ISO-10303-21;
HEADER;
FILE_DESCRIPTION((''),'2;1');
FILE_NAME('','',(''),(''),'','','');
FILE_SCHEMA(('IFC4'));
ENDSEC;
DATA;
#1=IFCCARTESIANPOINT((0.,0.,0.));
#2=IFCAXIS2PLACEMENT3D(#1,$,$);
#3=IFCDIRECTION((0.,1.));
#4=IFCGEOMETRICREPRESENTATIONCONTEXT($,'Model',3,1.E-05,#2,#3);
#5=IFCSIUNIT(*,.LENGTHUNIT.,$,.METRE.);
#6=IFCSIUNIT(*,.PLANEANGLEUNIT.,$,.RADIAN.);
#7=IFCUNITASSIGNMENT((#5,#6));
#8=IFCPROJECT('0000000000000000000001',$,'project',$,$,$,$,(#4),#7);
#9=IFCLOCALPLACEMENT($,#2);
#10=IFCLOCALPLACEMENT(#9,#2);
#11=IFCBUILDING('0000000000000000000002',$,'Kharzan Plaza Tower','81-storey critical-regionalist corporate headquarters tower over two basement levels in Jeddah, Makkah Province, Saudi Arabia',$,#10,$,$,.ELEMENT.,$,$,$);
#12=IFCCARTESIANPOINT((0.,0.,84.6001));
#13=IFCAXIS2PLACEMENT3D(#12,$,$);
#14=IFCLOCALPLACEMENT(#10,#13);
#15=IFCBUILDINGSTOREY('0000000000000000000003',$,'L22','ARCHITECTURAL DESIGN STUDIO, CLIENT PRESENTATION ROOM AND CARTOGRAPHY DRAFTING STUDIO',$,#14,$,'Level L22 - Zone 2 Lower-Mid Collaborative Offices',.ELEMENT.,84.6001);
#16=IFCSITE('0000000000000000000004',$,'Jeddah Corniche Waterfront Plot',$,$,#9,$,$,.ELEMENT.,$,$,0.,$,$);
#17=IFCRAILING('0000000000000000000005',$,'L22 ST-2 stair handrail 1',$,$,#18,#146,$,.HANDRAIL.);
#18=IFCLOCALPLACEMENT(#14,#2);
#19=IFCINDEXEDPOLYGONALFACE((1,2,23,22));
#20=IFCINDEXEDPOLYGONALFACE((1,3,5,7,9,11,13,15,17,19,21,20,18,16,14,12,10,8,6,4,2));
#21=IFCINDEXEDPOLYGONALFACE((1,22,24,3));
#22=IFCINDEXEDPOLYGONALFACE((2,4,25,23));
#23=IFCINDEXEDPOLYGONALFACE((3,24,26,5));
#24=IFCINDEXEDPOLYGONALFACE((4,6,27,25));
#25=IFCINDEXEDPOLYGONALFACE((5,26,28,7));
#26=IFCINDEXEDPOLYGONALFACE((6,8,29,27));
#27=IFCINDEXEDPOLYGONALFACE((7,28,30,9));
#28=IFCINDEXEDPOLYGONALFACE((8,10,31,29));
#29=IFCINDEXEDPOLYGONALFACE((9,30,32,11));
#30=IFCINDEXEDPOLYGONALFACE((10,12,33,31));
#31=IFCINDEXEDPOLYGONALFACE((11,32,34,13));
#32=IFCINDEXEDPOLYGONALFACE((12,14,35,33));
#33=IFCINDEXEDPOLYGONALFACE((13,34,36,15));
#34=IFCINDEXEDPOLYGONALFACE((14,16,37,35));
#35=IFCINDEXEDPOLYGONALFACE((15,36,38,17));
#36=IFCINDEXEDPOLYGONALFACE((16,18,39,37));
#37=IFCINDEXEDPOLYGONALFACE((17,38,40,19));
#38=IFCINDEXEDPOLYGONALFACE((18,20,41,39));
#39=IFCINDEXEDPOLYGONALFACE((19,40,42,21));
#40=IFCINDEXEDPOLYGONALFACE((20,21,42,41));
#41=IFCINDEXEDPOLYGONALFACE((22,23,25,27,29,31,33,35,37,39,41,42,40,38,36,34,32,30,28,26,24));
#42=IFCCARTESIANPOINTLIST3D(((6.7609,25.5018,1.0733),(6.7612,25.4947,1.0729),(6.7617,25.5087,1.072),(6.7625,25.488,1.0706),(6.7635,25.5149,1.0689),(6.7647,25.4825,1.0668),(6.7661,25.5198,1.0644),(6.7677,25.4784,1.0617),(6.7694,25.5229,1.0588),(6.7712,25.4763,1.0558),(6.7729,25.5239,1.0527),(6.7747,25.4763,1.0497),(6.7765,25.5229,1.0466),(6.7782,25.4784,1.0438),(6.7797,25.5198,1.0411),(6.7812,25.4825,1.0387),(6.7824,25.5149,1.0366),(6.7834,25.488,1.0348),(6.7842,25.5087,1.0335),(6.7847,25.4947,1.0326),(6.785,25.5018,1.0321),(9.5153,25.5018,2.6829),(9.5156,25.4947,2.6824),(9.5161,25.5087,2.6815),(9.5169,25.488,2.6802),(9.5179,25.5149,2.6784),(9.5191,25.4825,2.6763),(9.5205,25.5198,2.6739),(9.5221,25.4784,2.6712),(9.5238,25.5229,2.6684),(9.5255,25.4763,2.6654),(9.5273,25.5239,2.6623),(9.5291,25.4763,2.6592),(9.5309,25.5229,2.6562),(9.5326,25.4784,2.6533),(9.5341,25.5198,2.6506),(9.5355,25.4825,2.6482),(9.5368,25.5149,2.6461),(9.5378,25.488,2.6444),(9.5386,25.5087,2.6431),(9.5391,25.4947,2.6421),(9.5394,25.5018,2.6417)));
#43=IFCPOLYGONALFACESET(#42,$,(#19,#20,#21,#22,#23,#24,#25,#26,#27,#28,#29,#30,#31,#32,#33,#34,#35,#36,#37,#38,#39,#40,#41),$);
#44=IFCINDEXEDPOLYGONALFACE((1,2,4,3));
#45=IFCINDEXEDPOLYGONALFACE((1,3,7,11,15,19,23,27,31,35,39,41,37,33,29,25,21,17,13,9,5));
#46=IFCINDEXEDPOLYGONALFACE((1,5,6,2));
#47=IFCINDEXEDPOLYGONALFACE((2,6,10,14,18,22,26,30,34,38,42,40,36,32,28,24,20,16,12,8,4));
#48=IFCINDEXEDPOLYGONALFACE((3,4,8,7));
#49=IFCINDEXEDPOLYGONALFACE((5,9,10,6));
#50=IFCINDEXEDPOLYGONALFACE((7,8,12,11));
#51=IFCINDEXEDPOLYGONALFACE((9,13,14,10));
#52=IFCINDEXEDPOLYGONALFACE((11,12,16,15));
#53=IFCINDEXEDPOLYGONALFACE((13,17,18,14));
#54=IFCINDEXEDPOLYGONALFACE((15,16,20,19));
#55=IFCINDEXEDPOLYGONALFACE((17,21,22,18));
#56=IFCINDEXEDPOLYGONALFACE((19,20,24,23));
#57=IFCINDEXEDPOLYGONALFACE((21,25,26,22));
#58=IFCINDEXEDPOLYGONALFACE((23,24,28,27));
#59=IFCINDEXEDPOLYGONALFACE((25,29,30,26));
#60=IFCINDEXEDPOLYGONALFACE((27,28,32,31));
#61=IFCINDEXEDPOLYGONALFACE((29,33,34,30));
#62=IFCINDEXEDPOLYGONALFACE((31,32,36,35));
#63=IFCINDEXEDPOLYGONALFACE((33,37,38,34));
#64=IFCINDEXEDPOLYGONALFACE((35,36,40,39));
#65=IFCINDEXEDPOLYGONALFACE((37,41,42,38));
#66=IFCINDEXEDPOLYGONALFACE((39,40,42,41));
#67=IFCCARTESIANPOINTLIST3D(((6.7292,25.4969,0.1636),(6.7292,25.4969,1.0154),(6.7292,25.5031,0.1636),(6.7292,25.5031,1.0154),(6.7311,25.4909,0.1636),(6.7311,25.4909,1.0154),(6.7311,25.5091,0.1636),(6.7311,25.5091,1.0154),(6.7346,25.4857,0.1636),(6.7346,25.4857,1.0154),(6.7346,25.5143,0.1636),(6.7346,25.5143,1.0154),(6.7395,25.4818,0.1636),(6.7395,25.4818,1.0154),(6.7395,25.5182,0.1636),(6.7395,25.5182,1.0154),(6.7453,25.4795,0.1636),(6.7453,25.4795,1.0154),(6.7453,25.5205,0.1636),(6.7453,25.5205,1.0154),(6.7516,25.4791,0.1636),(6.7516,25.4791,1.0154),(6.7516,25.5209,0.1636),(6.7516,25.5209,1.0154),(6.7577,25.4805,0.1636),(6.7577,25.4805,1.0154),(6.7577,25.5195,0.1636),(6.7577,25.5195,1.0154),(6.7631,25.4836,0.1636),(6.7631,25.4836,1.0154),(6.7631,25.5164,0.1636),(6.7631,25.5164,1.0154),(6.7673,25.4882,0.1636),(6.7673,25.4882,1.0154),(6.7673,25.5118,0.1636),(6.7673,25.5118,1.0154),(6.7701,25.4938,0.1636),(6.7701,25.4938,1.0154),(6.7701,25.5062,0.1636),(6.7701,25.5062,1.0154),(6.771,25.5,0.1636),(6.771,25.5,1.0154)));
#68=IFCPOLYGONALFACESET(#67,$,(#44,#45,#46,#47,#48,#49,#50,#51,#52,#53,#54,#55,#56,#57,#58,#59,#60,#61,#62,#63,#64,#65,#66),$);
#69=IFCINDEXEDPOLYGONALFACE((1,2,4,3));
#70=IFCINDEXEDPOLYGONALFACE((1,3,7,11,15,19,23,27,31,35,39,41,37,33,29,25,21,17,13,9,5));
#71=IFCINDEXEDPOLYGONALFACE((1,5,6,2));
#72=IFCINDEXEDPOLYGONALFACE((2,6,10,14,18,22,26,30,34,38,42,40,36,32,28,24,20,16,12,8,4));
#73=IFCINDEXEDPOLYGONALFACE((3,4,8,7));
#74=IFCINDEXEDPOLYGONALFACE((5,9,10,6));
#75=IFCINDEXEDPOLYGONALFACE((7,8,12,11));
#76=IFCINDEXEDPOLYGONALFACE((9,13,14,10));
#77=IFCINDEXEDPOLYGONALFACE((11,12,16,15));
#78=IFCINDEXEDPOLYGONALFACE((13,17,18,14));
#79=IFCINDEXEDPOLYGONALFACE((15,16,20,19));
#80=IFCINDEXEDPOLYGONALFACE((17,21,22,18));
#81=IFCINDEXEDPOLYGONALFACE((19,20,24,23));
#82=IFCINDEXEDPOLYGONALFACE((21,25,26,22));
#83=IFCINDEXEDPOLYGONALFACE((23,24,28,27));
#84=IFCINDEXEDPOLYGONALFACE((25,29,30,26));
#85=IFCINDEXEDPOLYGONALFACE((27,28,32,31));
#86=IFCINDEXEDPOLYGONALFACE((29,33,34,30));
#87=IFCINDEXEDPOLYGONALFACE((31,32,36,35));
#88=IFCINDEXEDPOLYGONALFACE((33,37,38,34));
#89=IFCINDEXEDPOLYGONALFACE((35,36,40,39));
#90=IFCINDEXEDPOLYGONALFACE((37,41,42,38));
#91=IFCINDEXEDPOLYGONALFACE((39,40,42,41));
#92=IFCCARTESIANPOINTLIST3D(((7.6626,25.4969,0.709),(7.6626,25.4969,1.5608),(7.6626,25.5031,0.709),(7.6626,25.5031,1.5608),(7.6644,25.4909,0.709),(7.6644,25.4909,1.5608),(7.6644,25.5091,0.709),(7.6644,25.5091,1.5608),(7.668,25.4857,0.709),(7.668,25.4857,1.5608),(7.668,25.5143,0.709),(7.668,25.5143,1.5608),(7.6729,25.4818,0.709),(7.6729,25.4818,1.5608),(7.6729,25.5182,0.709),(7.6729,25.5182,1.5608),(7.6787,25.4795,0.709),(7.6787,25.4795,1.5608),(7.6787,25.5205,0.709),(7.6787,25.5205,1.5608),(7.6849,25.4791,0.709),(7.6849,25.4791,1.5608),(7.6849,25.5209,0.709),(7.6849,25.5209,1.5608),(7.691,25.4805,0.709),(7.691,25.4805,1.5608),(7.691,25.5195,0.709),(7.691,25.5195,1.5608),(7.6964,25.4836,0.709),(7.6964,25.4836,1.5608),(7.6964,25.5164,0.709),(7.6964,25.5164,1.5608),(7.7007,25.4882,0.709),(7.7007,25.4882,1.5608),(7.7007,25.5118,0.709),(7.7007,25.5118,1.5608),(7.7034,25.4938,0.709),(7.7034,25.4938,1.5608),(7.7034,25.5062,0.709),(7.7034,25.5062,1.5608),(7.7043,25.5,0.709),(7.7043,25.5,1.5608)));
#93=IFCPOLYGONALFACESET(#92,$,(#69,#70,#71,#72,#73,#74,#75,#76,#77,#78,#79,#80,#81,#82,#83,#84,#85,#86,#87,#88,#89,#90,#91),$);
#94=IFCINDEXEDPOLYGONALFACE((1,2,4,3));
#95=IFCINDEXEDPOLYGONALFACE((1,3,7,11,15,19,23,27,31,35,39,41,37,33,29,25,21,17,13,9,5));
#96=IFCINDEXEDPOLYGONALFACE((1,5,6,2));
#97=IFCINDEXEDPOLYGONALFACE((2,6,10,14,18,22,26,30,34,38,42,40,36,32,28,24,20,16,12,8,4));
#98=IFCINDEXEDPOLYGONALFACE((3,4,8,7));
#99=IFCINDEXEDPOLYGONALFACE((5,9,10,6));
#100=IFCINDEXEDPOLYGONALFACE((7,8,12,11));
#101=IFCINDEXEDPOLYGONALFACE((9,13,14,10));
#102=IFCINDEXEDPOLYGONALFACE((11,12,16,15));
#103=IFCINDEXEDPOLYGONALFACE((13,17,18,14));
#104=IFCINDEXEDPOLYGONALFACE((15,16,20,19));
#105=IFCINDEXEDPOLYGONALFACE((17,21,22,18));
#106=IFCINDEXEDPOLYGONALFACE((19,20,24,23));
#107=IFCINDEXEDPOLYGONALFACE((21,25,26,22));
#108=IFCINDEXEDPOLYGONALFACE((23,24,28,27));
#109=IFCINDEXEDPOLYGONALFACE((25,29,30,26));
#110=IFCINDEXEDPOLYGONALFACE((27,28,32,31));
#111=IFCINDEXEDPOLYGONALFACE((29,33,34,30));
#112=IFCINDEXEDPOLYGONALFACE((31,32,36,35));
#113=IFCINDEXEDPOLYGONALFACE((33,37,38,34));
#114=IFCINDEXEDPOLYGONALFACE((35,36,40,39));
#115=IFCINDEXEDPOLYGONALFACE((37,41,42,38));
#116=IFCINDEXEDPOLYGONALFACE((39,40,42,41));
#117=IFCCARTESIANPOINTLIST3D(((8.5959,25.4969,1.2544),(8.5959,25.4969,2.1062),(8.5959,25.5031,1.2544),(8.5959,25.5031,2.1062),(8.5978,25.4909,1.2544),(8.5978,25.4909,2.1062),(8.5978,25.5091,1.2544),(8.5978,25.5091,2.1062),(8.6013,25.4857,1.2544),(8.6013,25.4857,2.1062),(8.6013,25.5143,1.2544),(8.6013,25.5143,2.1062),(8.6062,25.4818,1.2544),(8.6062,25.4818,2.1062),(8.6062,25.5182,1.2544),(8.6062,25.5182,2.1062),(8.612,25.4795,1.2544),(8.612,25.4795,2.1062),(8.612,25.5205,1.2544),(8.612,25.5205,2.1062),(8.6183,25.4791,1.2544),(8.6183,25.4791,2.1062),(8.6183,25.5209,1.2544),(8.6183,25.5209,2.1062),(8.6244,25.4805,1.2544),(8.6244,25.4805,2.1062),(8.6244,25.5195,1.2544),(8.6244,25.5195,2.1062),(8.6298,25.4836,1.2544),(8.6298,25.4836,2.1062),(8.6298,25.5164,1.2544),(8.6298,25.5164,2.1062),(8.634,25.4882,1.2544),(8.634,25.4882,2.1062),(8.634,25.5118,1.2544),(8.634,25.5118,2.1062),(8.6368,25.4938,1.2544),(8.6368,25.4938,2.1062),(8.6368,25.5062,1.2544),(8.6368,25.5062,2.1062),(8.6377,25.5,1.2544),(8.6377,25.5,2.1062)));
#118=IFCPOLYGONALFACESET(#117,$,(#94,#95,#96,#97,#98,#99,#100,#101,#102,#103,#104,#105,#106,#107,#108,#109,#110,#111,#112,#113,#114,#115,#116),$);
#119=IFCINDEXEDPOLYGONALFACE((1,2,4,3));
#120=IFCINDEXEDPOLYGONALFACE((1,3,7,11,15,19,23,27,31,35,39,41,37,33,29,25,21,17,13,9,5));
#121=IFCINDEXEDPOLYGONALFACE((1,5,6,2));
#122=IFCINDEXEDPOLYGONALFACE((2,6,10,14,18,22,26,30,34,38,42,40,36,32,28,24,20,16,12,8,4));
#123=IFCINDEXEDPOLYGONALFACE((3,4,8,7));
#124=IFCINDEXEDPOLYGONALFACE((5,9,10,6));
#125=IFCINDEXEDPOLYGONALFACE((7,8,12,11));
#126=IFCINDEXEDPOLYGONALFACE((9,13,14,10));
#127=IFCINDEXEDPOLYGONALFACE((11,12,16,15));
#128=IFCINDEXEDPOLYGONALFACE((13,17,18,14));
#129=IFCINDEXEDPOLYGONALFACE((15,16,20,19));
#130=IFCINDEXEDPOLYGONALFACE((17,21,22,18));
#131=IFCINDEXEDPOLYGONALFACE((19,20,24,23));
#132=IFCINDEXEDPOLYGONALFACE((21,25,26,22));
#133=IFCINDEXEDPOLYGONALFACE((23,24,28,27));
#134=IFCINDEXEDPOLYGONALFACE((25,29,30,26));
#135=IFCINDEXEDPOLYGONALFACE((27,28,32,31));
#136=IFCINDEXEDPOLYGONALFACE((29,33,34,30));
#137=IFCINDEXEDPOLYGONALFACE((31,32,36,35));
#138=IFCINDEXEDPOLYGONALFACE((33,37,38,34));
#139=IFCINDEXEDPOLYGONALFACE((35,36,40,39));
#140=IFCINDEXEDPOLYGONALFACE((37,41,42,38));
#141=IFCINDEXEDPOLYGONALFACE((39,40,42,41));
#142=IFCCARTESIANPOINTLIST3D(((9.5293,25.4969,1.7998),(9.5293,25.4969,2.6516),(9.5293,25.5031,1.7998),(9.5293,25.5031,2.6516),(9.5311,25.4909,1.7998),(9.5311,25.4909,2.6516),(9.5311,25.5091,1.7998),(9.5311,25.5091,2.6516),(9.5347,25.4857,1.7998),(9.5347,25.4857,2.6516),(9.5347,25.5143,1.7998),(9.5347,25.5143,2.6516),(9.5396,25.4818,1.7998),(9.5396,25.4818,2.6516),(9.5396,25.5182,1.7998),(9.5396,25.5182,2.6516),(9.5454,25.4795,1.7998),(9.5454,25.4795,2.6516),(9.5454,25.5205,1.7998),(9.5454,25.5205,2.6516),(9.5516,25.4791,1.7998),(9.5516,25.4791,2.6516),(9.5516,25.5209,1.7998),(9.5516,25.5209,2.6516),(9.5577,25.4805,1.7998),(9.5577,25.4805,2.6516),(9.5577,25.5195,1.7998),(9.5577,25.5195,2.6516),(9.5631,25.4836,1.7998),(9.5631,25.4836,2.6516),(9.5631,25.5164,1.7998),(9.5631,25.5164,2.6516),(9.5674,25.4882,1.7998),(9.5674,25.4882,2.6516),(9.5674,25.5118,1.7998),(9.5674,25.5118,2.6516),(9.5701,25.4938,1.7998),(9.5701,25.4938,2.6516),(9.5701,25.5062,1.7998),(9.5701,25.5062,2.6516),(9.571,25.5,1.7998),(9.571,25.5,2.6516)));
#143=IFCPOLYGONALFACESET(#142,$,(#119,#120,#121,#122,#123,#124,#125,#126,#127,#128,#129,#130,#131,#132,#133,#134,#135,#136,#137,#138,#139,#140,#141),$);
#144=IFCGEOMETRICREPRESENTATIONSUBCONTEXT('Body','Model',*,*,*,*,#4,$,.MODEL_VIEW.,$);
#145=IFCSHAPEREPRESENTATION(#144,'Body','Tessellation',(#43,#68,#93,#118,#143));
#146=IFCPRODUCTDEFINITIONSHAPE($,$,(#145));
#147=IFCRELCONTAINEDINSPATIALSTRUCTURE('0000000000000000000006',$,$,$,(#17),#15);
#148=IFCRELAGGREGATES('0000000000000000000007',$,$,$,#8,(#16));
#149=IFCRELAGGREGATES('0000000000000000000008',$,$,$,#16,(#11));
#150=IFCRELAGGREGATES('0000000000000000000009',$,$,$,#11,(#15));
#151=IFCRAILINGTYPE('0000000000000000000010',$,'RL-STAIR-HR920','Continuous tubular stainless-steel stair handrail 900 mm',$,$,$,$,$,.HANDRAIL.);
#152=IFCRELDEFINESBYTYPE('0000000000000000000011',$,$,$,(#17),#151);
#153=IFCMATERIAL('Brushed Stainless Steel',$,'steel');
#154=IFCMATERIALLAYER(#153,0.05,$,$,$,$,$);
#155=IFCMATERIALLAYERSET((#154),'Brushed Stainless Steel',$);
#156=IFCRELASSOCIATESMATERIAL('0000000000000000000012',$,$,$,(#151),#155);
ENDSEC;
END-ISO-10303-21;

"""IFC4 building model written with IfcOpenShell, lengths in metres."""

from ifc_helpers import new_model, si_unit, direction, frame, origin, origin_2d, place, context, subcontext, project, spatial, circle, extrude, source, transform, mapped, material, layer, layer_set, type_object, element, save


model = new_model("IFC4")

# Units and contexts
model_context = context("Model", 3, precision=1e-05, world=origin(), true_north=direction((0.0, 1.0)))
body_context = subcontext(model_context, "Body", "Model", "MODEL_VIEW")
ifc_project = project(units=[si_unit("LENGTHUNIT", "METRE"), si_unit("PLANEANGLEUNIT", "RADIAN")], contexts=[model_context])

# Site, building, storey
site_placement = place(None, origin())
site = spatial("IfcSite", under=ifc_project, at=site_placement, Name="Jeddah Corniche Waterfront Plot", CompositionType="ELEMENT", RefElevation=0.0)
building_placement = place(site_placement, origin())
building = spatial("IfcBuilding", under=site, at=building_placement, Name="Kharzan Plaza Tower", Description="81-storey critical-regionalist corporate headquarters tower over two basement levels in Jeddah, Makkah Province, Saudi Arabia", CompositionType="ELEMENT")
storey_placement = place(building_placement, frame((0.0, 0.0, 84.6001)))
storey = spatial("IfcBuildingStorey", under=building, at=storey_placement, Name="L22", Description="ARCHITECTURAL DESIGN STUDIO, CLIENT PRESENTATION ROOM AND CARTOGRAPHY DRAFTING STUDIO", LongName="Level L22 - Zone 2 Lower-Mid Collaborative Offices", CompositionType="ELEMENT", Elevation=84.6001)

# Shared definitions
ifc_material_1 = material(Name="Brushed Stainless Steel", Category="steel")

# Railing
ifc_layer_1 = layer(ifc_material_1, 0.05)
ifc_layer_set_1 = layer_set([ifc_layer_1], Name="Brushed Stainless Steel")
railing_type_1 = type_object("IfcRailingType", Name="RL-STAIR-HR920", Description="Continuous tubular stainless-steel stair handrail 900 mm", PredefinedType="HANDRAIL", material=ifc_layer_set_1)
shared_shape_1 = source(origin(), body_context, "Body", "SweptSolid", [
    extrude(circle(Radius=0.0239, at=origin_2d()), frame((0.0229, 0.0, 0.8892), z_axis=(0.863394, 0.0, 0.504531), x_axis=(0.0, 1.0, 0.0)), (0.0, 0.0, 1.0), 3.1902),
    extrude(circle(Radius=0.021, at=origin_2d()), origin(), (0.0, 0.0, 1.0), 0.8518),
    extrude(circle(Radius=0.021, at=origin_2d()), frame((0.9333, 0.0, 0.5454)), (0.0, 0.0, 1.0), 0.8518),
    extrude(circle(Radius=0.021, at=origin_2d()), frame((1.8667, 0.0, 1.0908)), (0.0, 0.0, 1.0), 0.8518),
    extrude(circle(Radius=0.021, at=origin_2d()), frame((2.8, 0.0, 1.6362)), (0.0, 0.0, 1.0), 0.8518),
])
railing_1_placement = place(storey_placement, frame((6.75, 25.5, 0.1636)))
element("IfcRailing", 1, at=railing_1_placement, inside=storey, type_object=railing_type_1, Name="L22 ST-2 stair handrail 1", PredefinedType="HANDRAIL", context=body_context, shape_type="MappedRepresentation", body=[
    mapped(shared_shape_1, transform((0.0, 0.0, 0.0), x_axis=(1.0, 0.0, 0.0), y_axis=(0.0, 1.0, 0.0), z_axis=(0.0, 0.0, 1.0))),
])

save(model, "model.ifc")
